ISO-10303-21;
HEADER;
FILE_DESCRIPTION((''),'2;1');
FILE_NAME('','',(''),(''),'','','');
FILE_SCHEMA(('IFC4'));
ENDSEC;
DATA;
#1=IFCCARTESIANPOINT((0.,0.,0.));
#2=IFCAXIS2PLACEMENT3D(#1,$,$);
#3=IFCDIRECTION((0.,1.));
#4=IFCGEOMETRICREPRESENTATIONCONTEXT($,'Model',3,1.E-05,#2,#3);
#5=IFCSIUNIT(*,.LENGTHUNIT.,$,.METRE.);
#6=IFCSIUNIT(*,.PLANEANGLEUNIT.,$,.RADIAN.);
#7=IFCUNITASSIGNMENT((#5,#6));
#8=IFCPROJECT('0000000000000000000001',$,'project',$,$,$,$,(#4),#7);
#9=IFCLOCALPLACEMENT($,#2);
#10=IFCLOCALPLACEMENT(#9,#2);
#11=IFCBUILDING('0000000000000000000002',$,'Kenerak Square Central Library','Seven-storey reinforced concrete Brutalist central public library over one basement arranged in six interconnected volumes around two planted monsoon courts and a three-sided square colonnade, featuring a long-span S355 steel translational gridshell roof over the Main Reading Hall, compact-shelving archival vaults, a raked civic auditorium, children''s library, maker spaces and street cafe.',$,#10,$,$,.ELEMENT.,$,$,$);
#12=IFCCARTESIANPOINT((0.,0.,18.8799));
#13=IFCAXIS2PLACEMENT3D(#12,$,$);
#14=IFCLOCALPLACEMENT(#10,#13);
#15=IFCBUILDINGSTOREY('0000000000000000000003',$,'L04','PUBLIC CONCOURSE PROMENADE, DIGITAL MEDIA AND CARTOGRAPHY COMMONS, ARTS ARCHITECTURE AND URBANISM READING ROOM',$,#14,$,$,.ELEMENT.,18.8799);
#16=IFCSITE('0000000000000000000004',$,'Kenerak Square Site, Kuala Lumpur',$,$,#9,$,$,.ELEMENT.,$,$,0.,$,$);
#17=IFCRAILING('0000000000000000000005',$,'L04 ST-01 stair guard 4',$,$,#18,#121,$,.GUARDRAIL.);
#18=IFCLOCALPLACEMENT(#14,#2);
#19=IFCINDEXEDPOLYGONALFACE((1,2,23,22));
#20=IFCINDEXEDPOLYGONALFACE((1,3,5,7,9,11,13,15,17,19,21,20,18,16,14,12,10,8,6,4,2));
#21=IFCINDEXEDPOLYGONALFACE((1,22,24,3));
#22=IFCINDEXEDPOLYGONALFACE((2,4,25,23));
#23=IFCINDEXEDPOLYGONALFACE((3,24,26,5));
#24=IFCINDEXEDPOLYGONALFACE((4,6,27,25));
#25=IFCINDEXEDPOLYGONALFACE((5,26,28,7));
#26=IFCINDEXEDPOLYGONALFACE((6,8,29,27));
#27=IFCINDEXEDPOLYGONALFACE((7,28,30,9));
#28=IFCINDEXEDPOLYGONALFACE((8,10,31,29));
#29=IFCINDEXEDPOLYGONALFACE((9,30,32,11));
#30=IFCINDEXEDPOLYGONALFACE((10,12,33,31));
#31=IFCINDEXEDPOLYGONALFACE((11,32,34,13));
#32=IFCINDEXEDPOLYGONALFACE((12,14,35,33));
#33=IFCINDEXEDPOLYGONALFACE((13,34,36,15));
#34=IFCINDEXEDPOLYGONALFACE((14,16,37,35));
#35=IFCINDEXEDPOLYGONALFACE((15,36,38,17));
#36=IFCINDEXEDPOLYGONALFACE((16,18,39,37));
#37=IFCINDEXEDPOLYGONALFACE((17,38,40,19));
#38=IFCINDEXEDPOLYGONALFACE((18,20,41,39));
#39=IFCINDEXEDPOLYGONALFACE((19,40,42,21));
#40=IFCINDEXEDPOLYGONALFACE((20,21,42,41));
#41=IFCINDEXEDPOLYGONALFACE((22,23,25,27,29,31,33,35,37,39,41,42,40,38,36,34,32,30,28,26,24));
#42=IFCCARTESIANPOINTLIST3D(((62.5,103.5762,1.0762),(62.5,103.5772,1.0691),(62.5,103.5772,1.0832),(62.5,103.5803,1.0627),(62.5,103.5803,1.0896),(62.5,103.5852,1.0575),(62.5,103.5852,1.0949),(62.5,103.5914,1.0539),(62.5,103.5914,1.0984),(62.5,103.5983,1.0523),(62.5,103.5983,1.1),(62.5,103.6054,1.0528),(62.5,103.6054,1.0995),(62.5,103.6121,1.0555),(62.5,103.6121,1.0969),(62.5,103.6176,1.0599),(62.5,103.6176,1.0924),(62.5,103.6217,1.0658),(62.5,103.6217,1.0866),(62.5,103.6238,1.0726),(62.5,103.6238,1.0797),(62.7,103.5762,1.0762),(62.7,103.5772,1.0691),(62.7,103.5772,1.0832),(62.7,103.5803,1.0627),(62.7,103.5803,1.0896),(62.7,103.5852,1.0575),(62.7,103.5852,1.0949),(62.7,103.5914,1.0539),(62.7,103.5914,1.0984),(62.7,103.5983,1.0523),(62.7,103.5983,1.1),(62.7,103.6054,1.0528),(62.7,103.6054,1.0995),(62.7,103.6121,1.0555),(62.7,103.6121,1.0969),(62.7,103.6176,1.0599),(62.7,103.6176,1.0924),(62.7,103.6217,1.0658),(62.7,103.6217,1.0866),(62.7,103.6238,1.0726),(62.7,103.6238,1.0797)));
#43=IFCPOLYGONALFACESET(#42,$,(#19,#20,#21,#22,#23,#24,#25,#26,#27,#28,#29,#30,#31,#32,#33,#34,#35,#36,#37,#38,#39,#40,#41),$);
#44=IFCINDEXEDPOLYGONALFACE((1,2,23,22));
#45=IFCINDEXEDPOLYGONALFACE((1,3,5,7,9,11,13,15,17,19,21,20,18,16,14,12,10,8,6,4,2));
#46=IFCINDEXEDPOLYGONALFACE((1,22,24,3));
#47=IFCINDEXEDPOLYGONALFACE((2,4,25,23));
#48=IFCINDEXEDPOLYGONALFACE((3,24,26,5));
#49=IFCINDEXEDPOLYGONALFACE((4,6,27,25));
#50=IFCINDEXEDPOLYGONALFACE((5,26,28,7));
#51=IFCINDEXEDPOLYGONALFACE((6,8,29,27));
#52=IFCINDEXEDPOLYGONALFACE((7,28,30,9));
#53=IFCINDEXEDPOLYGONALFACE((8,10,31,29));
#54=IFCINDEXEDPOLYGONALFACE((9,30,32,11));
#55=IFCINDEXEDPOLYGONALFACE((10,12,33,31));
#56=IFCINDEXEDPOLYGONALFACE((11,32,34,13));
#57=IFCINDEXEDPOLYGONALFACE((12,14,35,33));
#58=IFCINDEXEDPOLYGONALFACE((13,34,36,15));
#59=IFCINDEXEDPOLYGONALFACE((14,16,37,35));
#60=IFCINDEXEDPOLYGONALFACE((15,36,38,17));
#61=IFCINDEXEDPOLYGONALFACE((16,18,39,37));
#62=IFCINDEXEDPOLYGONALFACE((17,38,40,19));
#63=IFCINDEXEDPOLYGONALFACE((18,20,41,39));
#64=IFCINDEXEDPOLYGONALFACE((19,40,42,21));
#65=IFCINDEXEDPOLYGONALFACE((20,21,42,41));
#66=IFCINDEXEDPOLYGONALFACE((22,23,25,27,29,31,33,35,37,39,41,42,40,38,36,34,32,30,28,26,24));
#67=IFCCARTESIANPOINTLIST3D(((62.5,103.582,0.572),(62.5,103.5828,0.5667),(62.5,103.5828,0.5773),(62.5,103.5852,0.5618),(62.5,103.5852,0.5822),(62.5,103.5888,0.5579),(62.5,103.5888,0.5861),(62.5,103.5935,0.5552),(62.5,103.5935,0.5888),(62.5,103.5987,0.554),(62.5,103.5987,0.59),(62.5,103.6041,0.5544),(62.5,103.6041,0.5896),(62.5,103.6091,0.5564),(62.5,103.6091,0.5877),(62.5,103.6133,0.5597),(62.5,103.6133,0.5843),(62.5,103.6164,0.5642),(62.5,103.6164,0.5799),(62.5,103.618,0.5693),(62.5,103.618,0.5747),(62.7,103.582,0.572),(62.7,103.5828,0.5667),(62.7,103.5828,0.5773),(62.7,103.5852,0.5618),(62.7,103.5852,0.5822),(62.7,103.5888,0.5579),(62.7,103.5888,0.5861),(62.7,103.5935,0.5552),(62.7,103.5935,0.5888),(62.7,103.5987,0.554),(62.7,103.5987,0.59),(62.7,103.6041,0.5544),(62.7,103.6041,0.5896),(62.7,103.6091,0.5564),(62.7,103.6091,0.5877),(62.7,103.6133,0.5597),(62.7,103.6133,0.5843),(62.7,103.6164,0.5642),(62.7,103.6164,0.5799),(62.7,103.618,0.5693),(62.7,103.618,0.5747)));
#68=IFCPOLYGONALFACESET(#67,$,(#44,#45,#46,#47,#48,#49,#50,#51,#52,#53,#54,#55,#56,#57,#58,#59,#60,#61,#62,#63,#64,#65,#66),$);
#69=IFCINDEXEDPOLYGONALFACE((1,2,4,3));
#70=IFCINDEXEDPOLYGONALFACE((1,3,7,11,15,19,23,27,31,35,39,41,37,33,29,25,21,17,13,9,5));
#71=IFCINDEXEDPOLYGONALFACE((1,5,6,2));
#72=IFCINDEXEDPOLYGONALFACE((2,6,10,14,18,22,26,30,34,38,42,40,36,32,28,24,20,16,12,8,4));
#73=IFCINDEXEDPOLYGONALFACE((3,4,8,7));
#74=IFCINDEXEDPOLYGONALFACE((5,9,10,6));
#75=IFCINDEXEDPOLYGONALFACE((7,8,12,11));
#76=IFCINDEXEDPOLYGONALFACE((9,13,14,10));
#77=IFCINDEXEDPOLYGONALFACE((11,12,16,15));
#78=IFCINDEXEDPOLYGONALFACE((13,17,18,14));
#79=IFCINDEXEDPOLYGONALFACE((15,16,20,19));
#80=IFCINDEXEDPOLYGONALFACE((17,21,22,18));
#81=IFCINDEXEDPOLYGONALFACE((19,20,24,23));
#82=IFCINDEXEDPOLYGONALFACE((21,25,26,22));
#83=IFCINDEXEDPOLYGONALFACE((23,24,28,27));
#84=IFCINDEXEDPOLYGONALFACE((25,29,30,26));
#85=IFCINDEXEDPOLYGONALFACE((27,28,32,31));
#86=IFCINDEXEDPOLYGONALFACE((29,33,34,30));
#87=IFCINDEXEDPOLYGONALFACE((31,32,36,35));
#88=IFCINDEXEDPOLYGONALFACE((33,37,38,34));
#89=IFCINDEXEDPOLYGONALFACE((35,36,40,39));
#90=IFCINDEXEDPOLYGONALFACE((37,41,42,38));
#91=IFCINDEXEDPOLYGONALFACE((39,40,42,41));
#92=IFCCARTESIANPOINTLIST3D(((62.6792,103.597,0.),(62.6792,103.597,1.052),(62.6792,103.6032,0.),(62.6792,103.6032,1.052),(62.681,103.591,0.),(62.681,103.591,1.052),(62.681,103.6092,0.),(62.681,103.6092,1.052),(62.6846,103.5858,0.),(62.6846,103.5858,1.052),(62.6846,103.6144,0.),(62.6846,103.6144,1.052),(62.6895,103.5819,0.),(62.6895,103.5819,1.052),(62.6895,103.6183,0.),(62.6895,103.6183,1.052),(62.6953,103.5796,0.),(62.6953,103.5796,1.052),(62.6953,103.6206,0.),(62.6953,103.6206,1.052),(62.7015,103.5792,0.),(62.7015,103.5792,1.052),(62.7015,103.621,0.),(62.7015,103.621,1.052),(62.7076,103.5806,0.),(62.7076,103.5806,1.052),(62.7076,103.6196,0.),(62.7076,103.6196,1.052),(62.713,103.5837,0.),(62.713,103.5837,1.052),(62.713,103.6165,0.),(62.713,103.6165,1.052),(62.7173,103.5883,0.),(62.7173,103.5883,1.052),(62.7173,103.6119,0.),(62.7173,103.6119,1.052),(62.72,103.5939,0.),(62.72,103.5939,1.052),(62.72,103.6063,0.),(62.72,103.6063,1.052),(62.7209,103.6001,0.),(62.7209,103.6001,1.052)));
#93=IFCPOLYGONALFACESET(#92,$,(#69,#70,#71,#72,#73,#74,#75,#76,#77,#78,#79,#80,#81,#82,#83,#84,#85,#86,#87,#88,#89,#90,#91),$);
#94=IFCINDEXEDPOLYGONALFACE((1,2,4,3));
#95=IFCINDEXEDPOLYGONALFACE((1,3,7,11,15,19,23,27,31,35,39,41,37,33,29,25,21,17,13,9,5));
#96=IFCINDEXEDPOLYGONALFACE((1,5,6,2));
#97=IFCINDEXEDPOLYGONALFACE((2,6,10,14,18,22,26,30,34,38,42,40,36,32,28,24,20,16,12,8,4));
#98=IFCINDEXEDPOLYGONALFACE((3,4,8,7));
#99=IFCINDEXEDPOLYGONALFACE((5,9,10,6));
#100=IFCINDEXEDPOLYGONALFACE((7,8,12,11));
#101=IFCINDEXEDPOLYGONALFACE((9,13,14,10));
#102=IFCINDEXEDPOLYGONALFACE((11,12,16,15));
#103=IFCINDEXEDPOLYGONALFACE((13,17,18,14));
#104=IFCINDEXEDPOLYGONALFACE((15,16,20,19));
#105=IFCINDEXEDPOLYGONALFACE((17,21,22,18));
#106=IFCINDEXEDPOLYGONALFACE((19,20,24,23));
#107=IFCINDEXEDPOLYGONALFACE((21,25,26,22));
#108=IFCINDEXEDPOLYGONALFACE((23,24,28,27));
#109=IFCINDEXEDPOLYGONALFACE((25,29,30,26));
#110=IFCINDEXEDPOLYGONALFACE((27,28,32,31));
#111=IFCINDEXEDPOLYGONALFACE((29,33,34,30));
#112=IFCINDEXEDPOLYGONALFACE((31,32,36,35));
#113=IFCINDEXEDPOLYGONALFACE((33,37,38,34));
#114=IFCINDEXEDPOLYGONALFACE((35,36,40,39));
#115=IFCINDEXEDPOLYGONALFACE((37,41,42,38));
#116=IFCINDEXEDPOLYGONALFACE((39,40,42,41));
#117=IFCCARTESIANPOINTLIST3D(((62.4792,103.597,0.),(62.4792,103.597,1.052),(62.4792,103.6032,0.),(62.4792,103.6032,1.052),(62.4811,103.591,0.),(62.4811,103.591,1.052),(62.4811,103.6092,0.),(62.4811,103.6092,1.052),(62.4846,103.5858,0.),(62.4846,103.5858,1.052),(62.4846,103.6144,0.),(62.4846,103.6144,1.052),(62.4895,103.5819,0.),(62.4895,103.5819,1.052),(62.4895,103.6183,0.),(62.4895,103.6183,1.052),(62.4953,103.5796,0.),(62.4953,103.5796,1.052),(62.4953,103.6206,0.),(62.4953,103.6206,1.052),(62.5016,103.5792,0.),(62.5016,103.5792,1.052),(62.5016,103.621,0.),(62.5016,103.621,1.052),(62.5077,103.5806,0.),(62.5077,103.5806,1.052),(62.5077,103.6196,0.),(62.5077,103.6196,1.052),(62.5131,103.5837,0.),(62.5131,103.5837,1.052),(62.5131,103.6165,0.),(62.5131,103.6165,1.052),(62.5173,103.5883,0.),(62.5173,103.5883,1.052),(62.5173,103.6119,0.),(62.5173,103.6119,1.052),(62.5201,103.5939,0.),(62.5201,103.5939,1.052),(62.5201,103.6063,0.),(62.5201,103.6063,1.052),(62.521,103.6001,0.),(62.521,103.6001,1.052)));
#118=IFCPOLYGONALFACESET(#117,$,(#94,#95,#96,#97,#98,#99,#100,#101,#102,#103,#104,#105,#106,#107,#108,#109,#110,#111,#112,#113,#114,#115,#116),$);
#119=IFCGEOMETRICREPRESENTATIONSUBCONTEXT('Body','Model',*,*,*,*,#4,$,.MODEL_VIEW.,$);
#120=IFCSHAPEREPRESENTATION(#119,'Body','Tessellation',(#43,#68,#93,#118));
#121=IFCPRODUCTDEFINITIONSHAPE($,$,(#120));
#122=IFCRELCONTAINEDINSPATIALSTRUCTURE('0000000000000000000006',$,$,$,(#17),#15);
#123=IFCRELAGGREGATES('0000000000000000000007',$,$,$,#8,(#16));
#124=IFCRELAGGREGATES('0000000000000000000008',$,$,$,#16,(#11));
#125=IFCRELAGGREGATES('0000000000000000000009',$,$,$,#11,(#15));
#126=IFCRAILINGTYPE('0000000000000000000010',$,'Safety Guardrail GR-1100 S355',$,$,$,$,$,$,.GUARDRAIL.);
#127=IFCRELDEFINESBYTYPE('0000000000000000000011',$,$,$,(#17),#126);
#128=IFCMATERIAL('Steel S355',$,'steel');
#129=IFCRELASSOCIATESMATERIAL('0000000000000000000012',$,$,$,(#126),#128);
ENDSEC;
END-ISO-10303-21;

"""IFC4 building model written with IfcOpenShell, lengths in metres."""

from ifc_helpers import new_model, si_unit, direction, frame, origin, origin_2d, place, context, subcontext, project, spatial, circle, extrude, material, type_object, element, save


model = new_model("IFC4")

# Units and contexts
model_context = context("Model", 3, precision=1e-05, world=origin(), true_north=direction((0.0, 1.0)))
body_context = subcontext(model_context, "Body", "Model", "MODEL_VIEW")
ifc_project = project(units=[si_unit("LENGTHUNIT", "METRE"), si_unit("PLANEANGLEUNIT", "RADIAN")], contexts=[model_context])

# Site, building, storey
site_placement = place(None, origin())
site = spatial("IfcSite", under=ifc_project, at=site_placement, Name="Kenerak Square Site, Kuala Lumpur", CompositionType="ELEMENT", RefElevation=0.0)
building_placement = place(site_placement, origin())
building = spatial("IfcBuilding", under=site, at=building_placement, Name="Kenerak Square Central Library", Description="Seven-storey reinforced concrete Brutalist central public library over one basement arranged in six interconnected volumes around two planted monsoon courts and a three-sided square colonnade, featuring a long-span S355 steel translational gridshell roof over the Main Reading Hall, compact-shelving archival vaults, a raked civic auditorium, children's library, maker spaces and street cafe.", CompositionType="ELEMENT")
storey_placement = place(building_placement, frame((0.0, 0.0, 18.8799)))
storey = spatial("IfcBuildingStorey", under=building, at=storey_placement, Name="L04", Description="PUBLIC CONCOURSE PROMENADE, DIGITAL MEDIA AND CARTOGRAPHY COMMONS, ARTS ARCHITECTURE AND URBANISM READING ROOM", CompositionType="ELEMENT", Elevation=18.8799)

# Shared definitions
ifc_material_1 = material(Name="Steel S355", Category="steel")

# Railing
railing_type = type_object("IfcRailingType", Name="Safety Guardrail GR-1100 S355", PredefinedType="GUARDRAIL", material=ifc_material_1)
railing_1_placement = place(storey_placement, frame((62.7, 103.6001, 0.0)))
element("IfcRailing", 1, at=railing_1_placement, inside=storey, type_object=railing_type, Name="L04 ST-01 stair guard 4", PredefinedType="GUARDRAIL", context=body_context, shape_type="SweptSolid", body=[
    extrude(circle(Radius=0.0239, at=origin_2d()), frame((0.0, 0.0, 1.0762), z_axis=(-1.0, 0.0, 0.0), x_axis=(0.0, -1.0, 0.0)), (0.0, 0.0, 1.0), 0.2),
    extrude(circle(Radius=0.0181, at=origin_2d()), frame((0.0, 0.0, 0.572), z_axis=(-1.0, 0.0, 0.0), x_axis=(0.0, -1.0, 0.0)), (0.0, 0.0, 1.0), 0.2),
    extrude(circle(Radius=0.021, at=origin_2d()), origin(), (0.0, 0.0, 1.0), 1.052),
    extrude(circle(Radius=0.021, at=origin_2d()), frame((-0.2, 0.0, 0.0)), (0.0, 0.0, 1.0), 1.052),
])

save(model, "model.ifc")
